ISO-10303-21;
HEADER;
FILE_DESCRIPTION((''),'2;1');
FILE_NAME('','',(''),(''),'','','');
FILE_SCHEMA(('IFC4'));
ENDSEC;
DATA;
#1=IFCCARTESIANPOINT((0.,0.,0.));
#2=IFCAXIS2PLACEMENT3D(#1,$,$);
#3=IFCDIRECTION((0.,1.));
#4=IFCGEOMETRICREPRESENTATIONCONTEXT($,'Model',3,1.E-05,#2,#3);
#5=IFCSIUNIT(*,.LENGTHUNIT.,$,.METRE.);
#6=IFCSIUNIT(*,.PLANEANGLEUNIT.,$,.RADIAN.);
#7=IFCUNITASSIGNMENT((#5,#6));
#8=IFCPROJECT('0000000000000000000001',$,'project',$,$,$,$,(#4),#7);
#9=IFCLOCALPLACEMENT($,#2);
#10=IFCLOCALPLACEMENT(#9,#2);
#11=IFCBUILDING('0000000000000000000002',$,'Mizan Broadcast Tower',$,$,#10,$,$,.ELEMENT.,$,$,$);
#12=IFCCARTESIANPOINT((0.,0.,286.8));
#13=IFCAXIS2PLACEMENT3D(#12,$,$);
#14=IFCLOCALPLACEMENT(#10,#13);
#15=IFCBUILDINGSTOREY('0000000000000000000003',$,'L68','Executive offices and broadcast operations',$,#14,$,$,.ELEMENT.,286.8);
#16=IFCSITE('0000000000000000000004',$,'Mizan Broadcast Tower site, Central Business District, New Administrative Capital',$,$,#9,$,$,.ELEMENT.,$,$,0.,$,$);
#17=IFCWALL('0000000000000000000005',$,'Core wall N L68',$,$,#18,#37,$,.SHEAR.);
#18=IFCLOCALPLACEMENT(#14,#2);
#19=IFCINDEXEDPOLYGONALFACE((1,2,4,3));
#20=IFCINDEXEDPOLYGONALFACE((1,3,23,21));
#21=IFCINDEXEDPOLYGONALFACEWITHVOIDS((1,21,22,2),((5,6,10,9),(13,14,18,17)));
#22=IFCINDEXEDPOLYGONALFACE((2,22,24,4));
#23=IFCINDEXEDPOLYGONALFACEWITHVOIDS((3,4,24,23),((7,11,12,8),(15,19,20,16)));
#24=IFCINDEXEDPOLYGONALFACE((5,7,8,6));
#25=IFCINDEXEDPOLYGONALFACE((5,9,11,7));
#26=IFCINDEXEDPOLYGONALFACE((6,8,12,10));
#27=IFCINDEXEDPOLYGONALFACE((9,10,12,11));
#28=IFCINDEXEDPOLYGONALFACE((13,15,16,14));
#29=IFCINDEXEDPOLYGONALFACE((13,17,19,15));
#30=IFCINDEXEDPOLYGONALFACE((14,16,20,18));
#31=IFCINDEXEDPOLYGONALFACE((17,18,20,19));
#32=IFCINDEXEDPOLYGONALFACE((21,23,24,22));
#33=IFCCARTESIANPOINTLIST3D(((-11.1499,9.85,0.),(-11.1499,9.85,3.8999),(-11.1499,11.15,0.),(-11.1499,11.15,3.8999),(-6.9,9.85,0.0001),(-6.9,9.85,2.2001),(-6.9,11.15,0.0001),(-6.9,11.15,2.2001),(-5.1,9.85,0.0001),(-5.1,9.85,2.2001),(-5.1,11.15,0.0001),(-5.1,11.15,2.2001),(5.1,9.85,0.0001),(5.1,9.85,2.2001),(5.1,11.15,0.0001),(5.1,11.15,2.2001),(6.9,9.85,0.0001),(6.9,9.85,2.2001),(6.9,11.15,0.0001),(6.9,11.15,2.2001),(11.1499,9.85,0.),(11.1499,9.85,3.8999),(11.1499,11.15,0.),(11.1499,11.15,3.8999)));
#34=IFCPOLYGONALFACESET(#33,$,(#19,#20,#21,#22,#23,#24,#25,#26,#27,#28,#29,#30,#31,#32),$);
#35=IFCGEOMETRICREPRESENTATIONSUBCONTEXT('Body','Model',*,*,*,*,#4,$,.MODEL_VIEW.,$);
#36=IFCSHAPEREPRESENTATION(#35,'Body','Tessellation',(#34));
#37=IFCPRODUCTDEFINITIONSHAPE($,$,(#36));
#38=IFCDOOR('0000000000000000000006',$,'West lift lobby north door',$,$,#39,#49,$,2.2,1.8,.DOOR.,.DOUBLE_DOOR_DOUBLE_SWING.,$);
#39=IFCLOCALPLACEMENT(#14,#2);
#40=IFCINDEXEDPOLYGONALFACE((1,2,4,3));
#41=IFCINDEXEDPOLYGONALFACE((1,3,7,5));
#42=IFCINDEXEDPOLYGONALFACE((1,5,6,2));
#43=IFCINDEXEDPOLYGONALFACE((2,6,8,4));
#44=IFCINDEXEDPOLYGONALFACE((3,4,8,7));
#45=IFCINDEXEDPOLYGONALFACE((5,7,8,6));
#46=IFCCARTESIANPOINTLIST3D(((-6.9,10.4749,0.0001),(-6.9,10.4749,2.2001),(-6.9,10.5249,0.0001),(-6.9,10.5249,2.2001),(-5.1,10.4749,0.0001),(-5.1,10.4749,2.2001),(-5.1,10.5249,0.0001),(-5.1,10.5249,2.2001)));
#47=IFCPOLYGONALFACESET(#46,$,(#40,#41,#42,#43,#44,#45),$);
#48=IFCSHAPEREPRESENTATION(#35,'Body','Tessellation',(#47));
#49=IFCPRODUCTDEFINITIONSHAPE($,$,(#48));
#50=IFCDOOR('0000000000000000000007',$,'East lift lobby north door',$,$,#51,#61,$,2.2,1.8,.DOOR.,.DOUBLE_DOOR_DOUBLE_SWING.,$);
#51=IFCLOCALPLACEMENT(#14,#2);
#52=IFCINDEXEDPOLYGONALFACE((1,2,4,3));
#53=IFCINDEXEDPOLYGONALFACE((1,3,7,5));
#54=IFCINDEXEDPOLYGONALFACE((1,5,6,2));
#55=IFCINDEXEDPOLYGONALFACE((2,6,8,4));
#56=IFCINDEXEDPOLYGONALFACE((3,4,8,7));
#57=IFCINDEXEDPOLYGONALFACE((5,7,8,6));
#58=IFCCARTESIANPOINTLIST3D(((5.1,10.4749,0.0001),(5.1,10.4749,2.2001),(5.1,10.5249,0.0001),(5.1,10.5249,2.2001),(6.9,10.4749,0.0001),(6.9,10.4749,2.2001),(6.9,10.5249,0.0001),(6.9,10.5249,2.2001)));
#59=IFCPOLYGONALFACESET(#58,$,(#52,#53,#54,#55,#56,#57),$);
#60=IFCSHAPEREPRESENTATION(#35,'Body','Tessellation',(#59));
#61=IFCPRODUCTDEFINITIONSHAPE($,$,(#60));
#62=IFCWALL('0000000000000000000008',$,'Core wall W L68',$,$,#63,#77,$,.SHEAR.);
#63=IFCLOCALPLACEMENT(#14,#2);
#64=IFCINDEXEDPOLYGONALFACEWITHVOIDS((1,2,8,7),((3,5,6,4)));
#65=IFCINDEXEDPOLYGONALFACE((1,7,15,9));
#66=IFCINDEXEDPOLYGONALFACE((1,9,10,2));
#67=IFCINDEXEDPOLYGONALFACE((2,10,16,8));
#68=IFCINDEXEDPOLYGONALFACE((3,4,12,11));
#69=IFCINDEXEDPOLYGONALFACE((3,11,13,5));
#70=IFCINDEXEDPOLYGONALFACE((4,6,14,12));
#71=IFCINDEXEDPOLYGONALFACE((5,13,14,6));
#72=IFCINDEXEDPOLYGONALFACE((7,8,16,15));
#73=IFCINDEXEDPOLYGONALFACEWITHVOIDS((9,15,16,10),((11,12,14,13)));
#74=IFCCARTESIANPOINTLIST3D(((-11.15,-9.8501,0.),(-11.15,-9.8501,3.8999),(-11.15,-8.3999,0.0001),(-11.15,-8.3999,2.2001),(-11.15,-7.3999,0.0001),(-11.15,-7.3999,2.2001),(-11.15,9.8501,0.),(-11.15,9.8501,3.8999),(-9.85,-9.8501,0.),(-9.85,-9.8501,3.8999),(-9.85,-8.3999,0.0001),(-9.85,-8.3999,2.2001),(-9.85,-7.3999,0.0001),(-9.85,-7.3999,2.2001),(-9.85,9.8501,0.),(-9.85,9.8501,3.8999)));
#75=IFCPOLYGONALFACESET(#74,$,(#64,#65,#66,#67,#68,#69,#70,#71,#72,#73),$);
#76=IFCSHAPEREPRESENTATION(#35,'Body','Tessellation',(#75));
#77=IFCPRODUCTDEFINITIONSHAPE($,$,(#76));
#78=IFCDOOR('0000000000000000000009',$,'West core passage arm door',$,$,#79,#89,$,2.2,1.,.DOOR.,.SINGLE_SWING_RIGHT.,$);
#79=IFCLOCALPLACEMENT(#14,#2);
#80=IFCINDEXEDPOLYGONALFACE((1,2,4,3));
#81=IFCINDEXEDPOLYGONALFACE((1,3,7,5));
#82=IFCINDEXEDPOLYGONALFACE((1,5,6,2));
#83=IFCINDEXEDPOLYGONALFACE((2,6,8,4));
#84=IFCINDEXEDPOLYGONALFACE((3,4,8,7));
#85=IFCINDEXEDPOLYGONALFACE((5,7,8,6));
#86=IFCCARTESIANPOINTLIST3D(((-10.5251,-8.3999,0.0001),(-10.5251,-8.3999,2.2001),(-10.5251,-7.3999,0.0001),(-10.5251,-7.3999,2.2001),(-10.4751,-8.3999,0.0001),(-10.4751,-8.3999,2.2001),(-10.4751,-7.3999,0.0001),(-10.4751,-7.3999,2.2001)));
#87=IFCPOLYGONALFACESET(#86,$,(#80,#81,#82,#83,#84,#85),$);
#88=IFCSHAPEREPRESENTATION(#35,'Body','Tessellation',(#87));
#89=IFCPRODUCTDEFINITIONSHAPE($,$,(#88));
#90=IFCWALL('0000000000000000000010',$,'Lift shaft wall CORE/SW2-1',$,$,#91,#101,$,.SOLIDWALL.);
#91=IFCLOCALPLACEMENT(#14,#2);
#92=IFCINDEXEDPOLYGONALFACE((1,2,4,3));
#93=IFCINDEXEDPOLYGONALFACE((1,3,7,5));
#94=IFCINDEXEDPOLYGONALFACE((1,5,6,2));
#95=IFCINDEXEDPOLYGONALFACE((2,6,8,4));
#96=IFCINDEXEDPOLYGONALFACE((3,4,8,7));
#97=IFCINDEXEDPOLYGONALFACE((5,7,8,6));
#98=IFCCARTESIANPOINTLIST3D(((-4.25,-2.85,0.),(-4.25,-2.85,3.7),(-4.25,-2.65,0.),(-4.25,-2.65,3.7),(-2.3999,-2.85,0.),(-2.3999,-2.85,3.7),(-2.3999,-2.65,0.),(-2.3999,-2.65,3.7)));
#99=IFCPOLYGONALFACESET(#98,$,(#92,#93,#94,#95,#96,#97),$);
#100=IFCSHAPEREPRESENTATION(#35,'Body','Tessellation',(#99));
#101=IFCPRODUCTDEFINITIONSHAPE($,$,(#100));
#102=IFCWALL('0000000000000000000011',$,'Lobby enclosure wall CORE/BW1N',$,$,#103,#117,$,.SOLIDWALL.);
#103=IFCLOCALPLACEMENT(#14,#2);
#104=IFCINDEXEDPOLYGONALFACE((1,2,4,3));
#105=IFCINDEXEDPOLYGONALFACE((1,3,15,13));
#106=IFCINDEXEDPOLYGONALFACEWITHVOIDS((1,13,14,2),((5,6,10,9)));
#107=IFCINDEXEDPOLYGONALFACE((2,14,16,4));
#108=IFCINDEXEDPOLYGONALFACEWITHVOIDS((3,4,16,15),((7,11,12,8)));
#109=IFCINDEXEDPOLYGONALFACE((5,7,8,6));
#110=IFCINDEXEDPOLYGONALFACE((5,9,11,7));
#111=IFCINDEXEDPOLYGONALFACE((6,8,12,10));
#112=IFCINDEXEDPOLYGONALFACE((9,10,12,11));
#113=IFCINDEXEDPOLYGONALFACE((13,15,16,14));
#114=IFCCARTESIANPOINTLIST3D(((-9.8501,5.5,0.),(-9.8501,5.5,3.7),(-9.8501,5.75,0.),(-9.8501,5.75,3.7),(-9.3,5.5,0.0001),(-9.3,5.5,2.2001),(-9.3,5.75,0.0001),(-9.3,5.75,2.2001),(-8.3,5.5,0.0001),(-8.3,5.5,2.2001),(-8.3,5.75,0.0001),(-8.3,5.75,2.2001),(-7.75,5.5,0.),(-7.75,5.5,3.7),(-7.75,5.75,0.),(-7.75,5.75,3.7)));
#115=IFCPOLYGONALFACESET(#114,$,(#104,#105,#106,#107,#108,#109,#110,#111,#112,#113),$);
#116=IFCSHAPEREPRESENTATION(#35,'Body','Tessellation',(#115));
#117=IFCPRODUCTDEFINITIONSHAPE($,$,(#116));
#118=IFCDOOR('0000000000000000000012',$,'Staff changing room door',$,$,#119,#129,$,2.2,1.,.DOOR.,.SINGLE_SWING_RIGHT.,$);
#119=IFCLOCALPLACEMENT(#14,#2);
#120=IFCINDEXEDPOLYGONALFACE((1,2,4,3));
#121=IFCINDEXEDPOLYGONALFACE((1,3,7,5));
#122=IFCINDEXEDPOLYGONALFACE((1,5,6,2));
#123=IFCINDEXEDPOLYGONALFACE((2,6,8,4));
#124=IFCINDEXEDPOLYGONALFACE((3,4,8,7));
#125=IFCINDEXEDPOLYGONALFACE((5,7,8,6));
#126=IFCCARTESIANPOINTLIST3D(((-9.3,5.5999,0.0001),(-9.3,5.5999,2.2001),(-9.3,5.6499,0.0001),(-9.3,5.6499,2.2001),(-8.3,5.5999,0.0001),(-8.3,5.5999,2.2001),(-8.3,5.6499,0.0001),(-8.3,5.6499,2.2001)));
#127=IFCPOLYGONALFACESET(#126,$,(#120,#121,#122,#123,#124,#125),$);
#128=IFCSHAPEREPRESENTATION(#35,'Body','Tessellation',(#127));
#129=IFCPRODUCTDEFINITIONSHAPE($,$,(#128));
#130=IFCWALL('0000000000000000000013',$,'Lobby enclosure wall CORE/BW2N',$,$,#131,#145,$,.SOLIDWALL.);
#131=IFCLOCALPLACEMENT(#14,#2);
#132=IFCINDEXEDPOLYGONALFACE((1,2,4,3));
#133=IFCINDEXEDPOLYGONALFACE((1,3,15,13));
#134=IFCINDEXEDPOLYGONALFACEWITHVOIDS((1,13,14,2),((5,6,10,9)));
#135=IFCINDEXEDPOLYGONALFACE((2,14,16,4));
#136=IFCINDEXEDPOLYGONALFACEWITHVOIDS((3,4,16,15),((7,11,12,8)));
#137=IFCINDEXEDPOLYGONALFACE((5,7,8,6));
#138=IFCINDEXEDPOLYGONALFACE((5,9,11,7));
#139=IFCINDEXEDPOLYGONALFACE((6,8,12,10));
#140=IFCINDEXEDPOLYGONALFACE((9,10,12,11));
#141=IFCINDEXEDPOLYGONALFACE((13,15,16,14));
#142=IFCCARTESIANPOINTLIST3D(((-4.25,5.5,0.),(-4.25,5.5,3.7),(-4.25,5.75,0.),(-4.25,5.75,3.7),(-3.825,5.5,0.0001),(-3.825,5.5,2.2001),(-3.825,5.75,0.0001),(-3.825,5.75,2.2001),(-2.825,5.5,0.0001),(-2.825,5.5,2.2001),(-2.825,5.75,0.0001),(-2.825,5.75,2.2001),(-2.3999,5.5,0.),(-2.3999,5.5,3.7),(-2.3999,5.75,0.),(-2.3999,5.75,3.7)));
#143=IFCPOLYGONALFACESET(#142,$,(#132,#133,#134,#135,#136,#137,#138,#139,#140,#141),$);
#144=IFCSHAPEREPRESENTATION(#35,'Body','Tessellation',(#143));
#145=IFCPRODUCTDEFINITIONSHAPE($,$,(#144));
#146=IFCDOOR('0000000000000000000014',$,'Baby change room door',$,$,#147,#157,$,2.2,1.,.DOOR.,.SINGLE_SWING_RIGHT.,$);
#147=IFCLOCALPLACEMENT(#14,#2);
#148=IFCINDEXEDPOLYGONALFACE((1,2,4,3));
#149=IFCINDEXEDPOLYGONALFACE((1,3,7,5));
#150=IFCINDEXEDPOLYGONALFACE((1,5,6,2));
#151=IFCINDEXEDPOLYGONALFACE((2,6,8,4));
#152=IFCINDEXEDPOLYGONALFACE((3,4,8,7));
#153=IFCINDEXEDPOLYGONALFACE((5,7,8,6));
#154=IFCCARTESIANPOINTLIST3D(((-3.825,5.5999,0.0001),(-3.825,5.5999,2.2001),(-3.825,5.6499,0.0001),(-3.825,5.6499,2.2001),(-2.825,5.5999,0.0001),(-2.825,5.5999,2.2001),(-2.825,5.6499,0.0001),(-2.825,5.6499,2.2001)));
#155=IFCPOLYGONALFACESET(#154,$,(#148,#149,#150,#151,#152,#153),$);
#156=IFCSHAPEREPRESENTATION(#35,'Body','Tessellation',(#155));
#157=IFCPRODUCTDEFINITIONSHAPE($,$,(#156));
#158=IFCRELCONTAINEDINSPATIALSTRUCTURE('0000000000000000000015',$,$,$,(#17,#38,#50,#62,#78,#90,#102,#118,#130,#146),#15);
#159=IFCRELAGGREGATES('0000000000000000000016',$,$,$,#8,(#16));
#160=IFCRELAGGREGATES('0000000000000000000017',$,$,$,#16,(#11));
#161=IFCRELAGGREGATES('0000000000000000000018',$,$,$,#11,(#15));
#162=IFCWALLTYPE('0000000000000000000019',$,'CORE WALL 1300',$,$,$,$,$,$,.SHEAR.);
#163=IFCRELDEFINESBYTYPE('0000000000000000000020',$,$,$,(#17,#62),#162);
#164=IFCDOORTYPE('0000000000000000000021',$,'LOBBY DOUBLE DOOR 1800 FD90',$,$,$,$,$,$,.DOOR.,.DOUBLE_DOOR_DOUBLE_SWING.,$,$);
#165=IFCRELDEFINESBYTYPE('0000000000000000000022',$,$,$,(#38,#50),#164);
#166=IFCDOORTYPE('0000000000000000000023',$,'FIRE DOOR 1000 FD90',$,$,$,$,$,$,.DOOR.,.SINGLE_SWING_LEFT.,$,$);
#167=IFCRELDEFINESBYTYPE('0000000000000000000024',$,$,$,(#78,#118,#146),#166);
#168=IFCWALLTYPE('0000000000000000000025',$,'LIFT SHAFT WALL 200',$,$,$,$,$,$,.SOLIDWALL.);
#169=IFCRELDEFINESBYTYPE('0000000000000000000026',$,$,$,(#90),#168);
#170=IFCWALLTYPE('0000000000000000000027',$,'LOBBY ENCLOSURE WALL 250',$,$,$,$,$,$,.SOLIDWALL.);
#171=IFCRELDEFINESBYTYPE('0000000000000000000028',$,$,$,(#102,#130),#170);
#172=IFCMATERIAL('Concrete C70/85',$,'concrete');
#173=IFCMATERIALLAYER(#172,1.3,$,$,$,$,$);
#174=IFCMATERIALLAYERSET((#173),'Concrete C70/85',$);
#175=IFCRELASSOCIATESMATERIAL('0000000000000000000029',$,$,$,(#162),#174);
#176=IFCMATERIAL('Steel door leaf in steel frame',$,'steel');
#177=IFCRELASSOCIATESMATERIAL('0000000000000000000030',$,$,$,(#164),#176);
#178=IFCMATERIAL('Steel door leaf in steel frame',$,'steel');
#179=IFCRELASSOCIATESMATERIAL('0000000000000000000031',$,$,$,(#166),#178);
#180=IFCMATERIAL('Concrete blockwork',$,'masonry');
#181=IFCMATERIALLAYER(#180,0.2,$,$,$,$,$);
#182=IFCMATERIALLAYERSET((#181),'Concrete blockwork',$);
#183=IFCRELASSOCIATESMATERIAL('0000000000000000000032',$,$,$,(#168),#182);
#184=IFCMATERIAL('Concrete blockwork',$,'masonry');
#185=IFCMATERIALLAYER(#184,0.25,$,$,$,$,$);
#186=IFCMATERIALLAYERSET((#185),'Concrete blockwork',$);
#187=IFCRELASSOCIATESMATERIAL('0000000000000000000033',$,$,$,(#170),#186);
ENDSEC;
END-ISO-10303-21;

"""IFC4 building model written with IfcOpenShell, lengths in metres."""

from ifc_helpers import new_model, si_unit, direction, frame, frame_2d, origin, place, context, subcontext, project, spatial, rectangle, extrude, material, layer, layer_set, type_object, element, fill, save


model = new_model("IFC4")

# Units and contexts
model_context = context("Model", 3, precision=1e-05, world=origin(), true_north=direction((0.0, 1.0)))
body_context = subcontext(model_context, "Body", "Model", "MODEL_VIEW")
ifc_project = project(units=[si_unit("LENGTHUNIT", "METRE"), si_unit("PLANEANGLEUNIT", "RADIAN")], contexts=[model_context])

# Site, building, storey
site_placement = place(None, origin())
site = spatial("IfcSite", under=ifc_project, at=site_placement, Name="Mizan Broadcast Tower site, Central Business District, New Administrative Capital", CompositionType="ELEMENT", RefElevation=0.0)
building_placement = place(site_placement, origin())
building = spatial("IfcBuilding", under=site, at=building_placement, Name="Mizan Broadcast Tower", CompositionType="ELEMENT")
storey_placement = place(building_placement, frame((0.0, 0.0, 286.8)))
storey = spatial("IfcBuildingStorey", under=building, at=storey_placement, Name="L68", Description="Executive offices and broadcast operations", CompositionType="ELEMENT", Elevation=286.8)

# Wall, openings, doors
ifc_material_1 = material(Name="Concrete C70/85", Category="concrete")
ifc_layer_1 = layer(ifc_material_1, 1.3)
ifc_layer_set_1 = layer_set([ifc_layer_1], Name="Concrete C70/85")
wall_type_1 = type_object("IfcWallType", Name="CORE WALL 1300", PredefinedType="SHEAR", material=ifc_layer_set_1)
wall_1_placement = place(storey_placement, frame((-11.1499, 10.5, 0.0), z_axis=(0.0, 0.0, 1.0), x_axis=(1.0, 0.0, 0.0)))
wall_1 = element("IfcWall", 1, at=wall_1_placement, inside=storey, type_object=wall_type_1, Name="Core wall N L68", PredefinedType="SHEAR", context=body_context, shape_type="SweptSolid", body=[
    extrude(rectangle(XDim=22.2998, YDim=1.3, at=frame_2d((11.1499, 0.0))), origin(), (0.0, 0.0, 1.0), 3.8999),
])
opening_1_placement = place(wall_1_placement, frame((4.25, 0.0, 0.0)))
opening_1 = element("IfcOpeningElement", 2, at=opening_1_placement, cuts=wall_1, PredefinedType="OPENING", context=body_context, shape_type="SweptSolid", body=[
    extrude(rectangle(XDim=1.8, YDim=2.2, at=frame_2d((0.8999, 1.1001))), frame((0.0, 0.6599, 0.0), z_axis=(0.0, -1.0, 0.0), x_axis=(1.0, 0.0, 0.0)), (0.0, 0.0, 1.0), 1.3201),
])
opening_2_placement = place(wall_1_placement, frame((16.25, 0.0, 0.0)))
opening_2 = element("IfcOpeningElement", 3, at=opening_2_placement, cuts=wall_1, PredefinedType="OPENING", context=body_context, shape_type="SweptSolid", body=[
    extrude(rectangle(XDim=1.8, YDim=2.2, at=frame_2d((0.8999, 1.1001))), frame((0.0, 0.6599, 0.0), z_axis=(0.0, -1.0, 0.0), x_axis=(1.0, 0.0, 0.0)), (0.0, 0.0, 1.0), 1.3201),
])
ifc_material_2 = material(Name="Steel door leaf in steel frame", Category="steel")
door_type_1 = type_object("IfcDoorType", Name="LOBBY DOUBLE DOOR 1800 FD90", OperationType="DOUBLE_DOOR_DOUBLE_SWING", PredefinedType="DOOR", material=ifc_material_2)
door_1_placement = place(opening_1_placement, origin())
door_1 = element("IfcDoor", 4, at=door_1_placement, inside=storey, type_object=door_type_1, Name="West lift lobby north door", OperationType="DOUBLE_DOOR_DOUBLE_SWING", OverallHeight=2.2, OverallWidth=1.8, PredefinedType="DOOR", context=body_context, shape_type="SweptSolid", body=[
    extrude(rectangle(XDim=1.8, YDim=2.2, at=frame_2d((0.8999, 1.1001))), frame((0.0, 0.0249, 0.0), z_axis=(0.0, -1.0, 0.0), x_axis=(1.0, 0.0, 0.0)), (0.0, 0.0, 1.0), 0.05),
])
fill(opening_1, door_1)
door_2_placement = place(opening_2_placement, origin())
door_2 = element("IfcDoor", 5, at=door_2_placement, inside=storey, type_object=door_type_1, Name="East lift lobby north door", OperationType="DOUBLE_DOOR_DOUBLE_SWING", OverallHeight=2.2, OverallWidth=1.8, PredefinedType="DOOR", context=body_context, shape_type="SweptSolid", body=[
    extrude(rectangle(XDim=1.8, YDim=2.2, at=frame_2d((0.8999, 1.1001))), frame((0.0, 0.0249, 0.0), z_axis=(0.0, -1.0, 0.0), x_axis=(1.0, 0.0, 0.0)), (0.0, 0.0, 1.0), 0.05),
])
fill(opening_2, door_2)

# Wall, opening, door
wall_2_placement = place(storey_placement, frame((-10.5, 9.8501, 0.0), z_axis=(0.0, 0.0, 1.0), x_axis=(0.0, -1.0, 0.0)))
wall_2 = element("IfcWall", 6, at=wall_2_placement, inside=storey, type_object=wall_type_1, Name="Core wall W L68", PredefinedType="SHEAR", context=body_context, shape_type="SweptSolid", body=[
    extrude(rectangle(XDim=19.7002, YDim=1.3, at=frame_2d((9.8501, 0.0))), origin(), (0.0, 0.0, 1.0), 3.8999),
])
opening_3_placement = place(wall_2_placement, frame((17.25, 0.0, 0.0)))
opening_3 = element("IfcOpeningElement", 7, at=opening_3_placement, cuts=wall_2, PredefinedType="OPENING", context=body_context, shape_type="SweptSolid", body=[
    extrude(rectangle(XDim=1.0, YDim=2.2, at=frame_2d((0.5, 1.1001))), frame((0.0, 0.6599, 0.0), z_axis=(0.0, -1.0, 0.0), x_axis=(1.0, 0.0, 0.0)), (0.0, 0.0, 1.0), 1.3201),
])
ifc_material_3 = material(Name="Steel door leaf in steel frame", Category="steel")
door_type_2 = type_object("IfcDoorType", Name="FIRE DOOR 1000 FD90", OperationType="SINGLE_SWING_LEFT", PredefinedType="DOOR", material=ifc_material_3)
door_3_placement = place(opening_3_placement, origin())
door_3 = element("IfcDoor", 8, at=door_3_placement, inside=storey, type_object=door_type_2, Name="West core passage arm door", OperationType="SINGLE_SWING_RIGHT", OverallHeight=2.2, OverallWidth=1.0, PredefinedType="DOOR", context=body_context, shape_type="SweptSolid", body=[
    extrude(rectangle(XDim=1.0, YDim=2.2, at=frame_2d((0.5, 1.1001))), frame((0.0, 0.0249, 0.0), z_axis=(0.0, -1.0, 0.0), x_axis=(1.0, 0.0, 0.0)), (0.0, 0.0, 1.0), 0.05),
])
fill(opening_3, door_3)

# Wall
ifc_material_4 = material(Name="Concrete blockwork", Category="masonry")
ifc_layer_2 = layer(ifc_material_4, 0.2)
ifc_layer_set_2 = layer_set([ifc_layer_2], Name="Concrete blockwork")
wall_type_2 = type_object("IfcWallType", Name="LIFT SHAFT WALL 200", PredefinedType="SOLIDWALL", material=ifc_layer_set_2)
wall_3_placement = place(storey_placement, frame((-4.25, -2.75, 0.0), z_axis=(0.0, 0.0, 1.0), x_axis=(1.0, 0.0, 0.0)))
element("IfcWall", 9, at=wall_3_placement, inside=storey, type_object=wall_type_2, Name="Lift shaft wall CORE/SW2-1", PredefinedType="SOLIDWALL", context=body_context, shape_type="SweptSolid", body=[
    extrude(rectangle(XDim=1.8501, YDim=0.2, at=frame_2d((0.925, 0.0))), origin(), (0.0, 0.0, 1.0), 3.7),
])

# Walls, openings, doors
ifc_material_5 = material(Name="Concrete blockwork", Category="masonry")
ifc_layer_3 = layer(ifc_material_5, 0.25)
ifc_layer_set_3 = layer_set([ifc_layer_3], Name="Concrete blockwork")
wall_type_3 = type_object("IfcWallType", Name="LOBBY ENCLOSURE WALL 250", PredefinedType="SOLIDWALL", material=ifc_layer_set_3)
wall_4_placement = place(storey_placement, frame((-9.8501, 5.625, 0.0), z_axis=(0.0, 0.0, 1.0), x_axis=(1.0, 0.0, 0.0)))
wall_4 = element("IfcWall", 10, at=wall_4_placement, inside=storey, type_object=wall_type_3, Name="Lobby enclosure wall CORE/BW1N", PredefinedType="SOLIDWALL", context=body_context, shape_type="SweptSolid", body=[
    extrude(rectangle(XDim=2.1001, YDim=0.25, at=frame_2d((1.05, 0.0))), origin(), (0.0, 0.0, 1.0), 3.7),
])
opening_4_placement = place(wall_4_placement, frame((0.55, 0.0, 0.0)))
opening_4 = element("IfcOpeningElement", 11, at=opening_4_placement, cuts=wall_4, PredefinedType="OPENING", context=body_context, shape_type="SweptSolid", body=[
    extrude(rectangle(XDim=1.0, YDim=2.2, at=frame_2d((0.5, 1.1001))), frame((0.0, 0.135, 0.0), z_axis=(0.0, -1.0, 0.0), x_axis=(1.0, 0.0, 0.0)), (0.0, 0.0, 1.0), 0.27),
])
door_4_placement = place(opening_4_placement, origin())
door_4 = element("IfcDoor", 12, at=door_4_placement, inside=storey, type_object=door_type_2, Name="Staff changing room door", OperationType="SINGLE_SWING_RIGHT", OverallHeight=2.2, OverallWidth=1.0, PredefinedType="DOOR", context=body_context, shape_type="SweptSolid", body=[
    extrude(rectangle(XDim=1.0, YDim=2.2, at=frame_2d((0.5, 1.1001))), frame((0.0, 0.0249, 0.0), z_axis=(0.0, -1.0, 0.0), x_axis=(1.0, 0.0, 0.0)), (0.0, 0.0, 1.0), 0.05),
])
fill(opening_4, door_4)
wall_5_placement = place(storey_placement, frame((-4.25, 5.625, 0.0), z_axis=(0.0, 0.0, 1.0), x_axis=(1.0, 0.0, 0.0)))
wall_5 = element("IfcWall", 13, at=wall_5_placement, inside=storey, type_object=wall_type_3, Name="Lobby enclosure wall CORE/BW2N", PredefinedType="SOLIDWALL", context=body_context, shape_type="SweptSolid", body=[
    extrude(rectangle(XDim=1.8501, YDim=0.25, at=frame_2d((0.925, 0.0))), origin(), (0.0, 0.0, 1.0), 3.7),
])
opening_5_placement = place(wall_5_placement, frame((0.425, 0.0, 0.0)))
opening_5 = element("IfcOpeningElement", 14, at=opening_5_placement, cuts=wall_5, PredefinedType="OPENING", context=body_context, shape_type="SweptSolid", body=[
    extrude(rectangle(XDim=1.0, YDim=2.2, at=frame_2d((0.5, 1.1001))), frame((0.0, 0.135, 0.0), z_axis=(0.0, -1.0, 0.0), x_axis=(1.0, 0.0, 0.0)), (0.0, 0.0, 1.0), 0.27),
])
door_5_placement = place(opening_5_placement, origin())
door_5 = element("IfcDoor", 15, at=door_5_placement, inside=storey, type_object=door_type_2, Name="Baby change room door", OperationType="SINGLE_SWING_RIGHT", OverallHeight=2.2, OverallWidth=1.0, PredefinedType="DOOR", context=body_context, shape_type="SweptSolid", body=[
    extrude(rectangle(XDim=1.0, YDim=2.2, at=frame_2d((0.5, 1.1001))), frame((0.0, 0.0249, 0.0), z_axis=(0.0, -1.0, 0.0), x_axis=(1.0, 0.0, 0.0)), (0.0, 0.0, 1.0), 0.05),
])
fill(opening_5, door_5)

save(model, "model.ifc")
